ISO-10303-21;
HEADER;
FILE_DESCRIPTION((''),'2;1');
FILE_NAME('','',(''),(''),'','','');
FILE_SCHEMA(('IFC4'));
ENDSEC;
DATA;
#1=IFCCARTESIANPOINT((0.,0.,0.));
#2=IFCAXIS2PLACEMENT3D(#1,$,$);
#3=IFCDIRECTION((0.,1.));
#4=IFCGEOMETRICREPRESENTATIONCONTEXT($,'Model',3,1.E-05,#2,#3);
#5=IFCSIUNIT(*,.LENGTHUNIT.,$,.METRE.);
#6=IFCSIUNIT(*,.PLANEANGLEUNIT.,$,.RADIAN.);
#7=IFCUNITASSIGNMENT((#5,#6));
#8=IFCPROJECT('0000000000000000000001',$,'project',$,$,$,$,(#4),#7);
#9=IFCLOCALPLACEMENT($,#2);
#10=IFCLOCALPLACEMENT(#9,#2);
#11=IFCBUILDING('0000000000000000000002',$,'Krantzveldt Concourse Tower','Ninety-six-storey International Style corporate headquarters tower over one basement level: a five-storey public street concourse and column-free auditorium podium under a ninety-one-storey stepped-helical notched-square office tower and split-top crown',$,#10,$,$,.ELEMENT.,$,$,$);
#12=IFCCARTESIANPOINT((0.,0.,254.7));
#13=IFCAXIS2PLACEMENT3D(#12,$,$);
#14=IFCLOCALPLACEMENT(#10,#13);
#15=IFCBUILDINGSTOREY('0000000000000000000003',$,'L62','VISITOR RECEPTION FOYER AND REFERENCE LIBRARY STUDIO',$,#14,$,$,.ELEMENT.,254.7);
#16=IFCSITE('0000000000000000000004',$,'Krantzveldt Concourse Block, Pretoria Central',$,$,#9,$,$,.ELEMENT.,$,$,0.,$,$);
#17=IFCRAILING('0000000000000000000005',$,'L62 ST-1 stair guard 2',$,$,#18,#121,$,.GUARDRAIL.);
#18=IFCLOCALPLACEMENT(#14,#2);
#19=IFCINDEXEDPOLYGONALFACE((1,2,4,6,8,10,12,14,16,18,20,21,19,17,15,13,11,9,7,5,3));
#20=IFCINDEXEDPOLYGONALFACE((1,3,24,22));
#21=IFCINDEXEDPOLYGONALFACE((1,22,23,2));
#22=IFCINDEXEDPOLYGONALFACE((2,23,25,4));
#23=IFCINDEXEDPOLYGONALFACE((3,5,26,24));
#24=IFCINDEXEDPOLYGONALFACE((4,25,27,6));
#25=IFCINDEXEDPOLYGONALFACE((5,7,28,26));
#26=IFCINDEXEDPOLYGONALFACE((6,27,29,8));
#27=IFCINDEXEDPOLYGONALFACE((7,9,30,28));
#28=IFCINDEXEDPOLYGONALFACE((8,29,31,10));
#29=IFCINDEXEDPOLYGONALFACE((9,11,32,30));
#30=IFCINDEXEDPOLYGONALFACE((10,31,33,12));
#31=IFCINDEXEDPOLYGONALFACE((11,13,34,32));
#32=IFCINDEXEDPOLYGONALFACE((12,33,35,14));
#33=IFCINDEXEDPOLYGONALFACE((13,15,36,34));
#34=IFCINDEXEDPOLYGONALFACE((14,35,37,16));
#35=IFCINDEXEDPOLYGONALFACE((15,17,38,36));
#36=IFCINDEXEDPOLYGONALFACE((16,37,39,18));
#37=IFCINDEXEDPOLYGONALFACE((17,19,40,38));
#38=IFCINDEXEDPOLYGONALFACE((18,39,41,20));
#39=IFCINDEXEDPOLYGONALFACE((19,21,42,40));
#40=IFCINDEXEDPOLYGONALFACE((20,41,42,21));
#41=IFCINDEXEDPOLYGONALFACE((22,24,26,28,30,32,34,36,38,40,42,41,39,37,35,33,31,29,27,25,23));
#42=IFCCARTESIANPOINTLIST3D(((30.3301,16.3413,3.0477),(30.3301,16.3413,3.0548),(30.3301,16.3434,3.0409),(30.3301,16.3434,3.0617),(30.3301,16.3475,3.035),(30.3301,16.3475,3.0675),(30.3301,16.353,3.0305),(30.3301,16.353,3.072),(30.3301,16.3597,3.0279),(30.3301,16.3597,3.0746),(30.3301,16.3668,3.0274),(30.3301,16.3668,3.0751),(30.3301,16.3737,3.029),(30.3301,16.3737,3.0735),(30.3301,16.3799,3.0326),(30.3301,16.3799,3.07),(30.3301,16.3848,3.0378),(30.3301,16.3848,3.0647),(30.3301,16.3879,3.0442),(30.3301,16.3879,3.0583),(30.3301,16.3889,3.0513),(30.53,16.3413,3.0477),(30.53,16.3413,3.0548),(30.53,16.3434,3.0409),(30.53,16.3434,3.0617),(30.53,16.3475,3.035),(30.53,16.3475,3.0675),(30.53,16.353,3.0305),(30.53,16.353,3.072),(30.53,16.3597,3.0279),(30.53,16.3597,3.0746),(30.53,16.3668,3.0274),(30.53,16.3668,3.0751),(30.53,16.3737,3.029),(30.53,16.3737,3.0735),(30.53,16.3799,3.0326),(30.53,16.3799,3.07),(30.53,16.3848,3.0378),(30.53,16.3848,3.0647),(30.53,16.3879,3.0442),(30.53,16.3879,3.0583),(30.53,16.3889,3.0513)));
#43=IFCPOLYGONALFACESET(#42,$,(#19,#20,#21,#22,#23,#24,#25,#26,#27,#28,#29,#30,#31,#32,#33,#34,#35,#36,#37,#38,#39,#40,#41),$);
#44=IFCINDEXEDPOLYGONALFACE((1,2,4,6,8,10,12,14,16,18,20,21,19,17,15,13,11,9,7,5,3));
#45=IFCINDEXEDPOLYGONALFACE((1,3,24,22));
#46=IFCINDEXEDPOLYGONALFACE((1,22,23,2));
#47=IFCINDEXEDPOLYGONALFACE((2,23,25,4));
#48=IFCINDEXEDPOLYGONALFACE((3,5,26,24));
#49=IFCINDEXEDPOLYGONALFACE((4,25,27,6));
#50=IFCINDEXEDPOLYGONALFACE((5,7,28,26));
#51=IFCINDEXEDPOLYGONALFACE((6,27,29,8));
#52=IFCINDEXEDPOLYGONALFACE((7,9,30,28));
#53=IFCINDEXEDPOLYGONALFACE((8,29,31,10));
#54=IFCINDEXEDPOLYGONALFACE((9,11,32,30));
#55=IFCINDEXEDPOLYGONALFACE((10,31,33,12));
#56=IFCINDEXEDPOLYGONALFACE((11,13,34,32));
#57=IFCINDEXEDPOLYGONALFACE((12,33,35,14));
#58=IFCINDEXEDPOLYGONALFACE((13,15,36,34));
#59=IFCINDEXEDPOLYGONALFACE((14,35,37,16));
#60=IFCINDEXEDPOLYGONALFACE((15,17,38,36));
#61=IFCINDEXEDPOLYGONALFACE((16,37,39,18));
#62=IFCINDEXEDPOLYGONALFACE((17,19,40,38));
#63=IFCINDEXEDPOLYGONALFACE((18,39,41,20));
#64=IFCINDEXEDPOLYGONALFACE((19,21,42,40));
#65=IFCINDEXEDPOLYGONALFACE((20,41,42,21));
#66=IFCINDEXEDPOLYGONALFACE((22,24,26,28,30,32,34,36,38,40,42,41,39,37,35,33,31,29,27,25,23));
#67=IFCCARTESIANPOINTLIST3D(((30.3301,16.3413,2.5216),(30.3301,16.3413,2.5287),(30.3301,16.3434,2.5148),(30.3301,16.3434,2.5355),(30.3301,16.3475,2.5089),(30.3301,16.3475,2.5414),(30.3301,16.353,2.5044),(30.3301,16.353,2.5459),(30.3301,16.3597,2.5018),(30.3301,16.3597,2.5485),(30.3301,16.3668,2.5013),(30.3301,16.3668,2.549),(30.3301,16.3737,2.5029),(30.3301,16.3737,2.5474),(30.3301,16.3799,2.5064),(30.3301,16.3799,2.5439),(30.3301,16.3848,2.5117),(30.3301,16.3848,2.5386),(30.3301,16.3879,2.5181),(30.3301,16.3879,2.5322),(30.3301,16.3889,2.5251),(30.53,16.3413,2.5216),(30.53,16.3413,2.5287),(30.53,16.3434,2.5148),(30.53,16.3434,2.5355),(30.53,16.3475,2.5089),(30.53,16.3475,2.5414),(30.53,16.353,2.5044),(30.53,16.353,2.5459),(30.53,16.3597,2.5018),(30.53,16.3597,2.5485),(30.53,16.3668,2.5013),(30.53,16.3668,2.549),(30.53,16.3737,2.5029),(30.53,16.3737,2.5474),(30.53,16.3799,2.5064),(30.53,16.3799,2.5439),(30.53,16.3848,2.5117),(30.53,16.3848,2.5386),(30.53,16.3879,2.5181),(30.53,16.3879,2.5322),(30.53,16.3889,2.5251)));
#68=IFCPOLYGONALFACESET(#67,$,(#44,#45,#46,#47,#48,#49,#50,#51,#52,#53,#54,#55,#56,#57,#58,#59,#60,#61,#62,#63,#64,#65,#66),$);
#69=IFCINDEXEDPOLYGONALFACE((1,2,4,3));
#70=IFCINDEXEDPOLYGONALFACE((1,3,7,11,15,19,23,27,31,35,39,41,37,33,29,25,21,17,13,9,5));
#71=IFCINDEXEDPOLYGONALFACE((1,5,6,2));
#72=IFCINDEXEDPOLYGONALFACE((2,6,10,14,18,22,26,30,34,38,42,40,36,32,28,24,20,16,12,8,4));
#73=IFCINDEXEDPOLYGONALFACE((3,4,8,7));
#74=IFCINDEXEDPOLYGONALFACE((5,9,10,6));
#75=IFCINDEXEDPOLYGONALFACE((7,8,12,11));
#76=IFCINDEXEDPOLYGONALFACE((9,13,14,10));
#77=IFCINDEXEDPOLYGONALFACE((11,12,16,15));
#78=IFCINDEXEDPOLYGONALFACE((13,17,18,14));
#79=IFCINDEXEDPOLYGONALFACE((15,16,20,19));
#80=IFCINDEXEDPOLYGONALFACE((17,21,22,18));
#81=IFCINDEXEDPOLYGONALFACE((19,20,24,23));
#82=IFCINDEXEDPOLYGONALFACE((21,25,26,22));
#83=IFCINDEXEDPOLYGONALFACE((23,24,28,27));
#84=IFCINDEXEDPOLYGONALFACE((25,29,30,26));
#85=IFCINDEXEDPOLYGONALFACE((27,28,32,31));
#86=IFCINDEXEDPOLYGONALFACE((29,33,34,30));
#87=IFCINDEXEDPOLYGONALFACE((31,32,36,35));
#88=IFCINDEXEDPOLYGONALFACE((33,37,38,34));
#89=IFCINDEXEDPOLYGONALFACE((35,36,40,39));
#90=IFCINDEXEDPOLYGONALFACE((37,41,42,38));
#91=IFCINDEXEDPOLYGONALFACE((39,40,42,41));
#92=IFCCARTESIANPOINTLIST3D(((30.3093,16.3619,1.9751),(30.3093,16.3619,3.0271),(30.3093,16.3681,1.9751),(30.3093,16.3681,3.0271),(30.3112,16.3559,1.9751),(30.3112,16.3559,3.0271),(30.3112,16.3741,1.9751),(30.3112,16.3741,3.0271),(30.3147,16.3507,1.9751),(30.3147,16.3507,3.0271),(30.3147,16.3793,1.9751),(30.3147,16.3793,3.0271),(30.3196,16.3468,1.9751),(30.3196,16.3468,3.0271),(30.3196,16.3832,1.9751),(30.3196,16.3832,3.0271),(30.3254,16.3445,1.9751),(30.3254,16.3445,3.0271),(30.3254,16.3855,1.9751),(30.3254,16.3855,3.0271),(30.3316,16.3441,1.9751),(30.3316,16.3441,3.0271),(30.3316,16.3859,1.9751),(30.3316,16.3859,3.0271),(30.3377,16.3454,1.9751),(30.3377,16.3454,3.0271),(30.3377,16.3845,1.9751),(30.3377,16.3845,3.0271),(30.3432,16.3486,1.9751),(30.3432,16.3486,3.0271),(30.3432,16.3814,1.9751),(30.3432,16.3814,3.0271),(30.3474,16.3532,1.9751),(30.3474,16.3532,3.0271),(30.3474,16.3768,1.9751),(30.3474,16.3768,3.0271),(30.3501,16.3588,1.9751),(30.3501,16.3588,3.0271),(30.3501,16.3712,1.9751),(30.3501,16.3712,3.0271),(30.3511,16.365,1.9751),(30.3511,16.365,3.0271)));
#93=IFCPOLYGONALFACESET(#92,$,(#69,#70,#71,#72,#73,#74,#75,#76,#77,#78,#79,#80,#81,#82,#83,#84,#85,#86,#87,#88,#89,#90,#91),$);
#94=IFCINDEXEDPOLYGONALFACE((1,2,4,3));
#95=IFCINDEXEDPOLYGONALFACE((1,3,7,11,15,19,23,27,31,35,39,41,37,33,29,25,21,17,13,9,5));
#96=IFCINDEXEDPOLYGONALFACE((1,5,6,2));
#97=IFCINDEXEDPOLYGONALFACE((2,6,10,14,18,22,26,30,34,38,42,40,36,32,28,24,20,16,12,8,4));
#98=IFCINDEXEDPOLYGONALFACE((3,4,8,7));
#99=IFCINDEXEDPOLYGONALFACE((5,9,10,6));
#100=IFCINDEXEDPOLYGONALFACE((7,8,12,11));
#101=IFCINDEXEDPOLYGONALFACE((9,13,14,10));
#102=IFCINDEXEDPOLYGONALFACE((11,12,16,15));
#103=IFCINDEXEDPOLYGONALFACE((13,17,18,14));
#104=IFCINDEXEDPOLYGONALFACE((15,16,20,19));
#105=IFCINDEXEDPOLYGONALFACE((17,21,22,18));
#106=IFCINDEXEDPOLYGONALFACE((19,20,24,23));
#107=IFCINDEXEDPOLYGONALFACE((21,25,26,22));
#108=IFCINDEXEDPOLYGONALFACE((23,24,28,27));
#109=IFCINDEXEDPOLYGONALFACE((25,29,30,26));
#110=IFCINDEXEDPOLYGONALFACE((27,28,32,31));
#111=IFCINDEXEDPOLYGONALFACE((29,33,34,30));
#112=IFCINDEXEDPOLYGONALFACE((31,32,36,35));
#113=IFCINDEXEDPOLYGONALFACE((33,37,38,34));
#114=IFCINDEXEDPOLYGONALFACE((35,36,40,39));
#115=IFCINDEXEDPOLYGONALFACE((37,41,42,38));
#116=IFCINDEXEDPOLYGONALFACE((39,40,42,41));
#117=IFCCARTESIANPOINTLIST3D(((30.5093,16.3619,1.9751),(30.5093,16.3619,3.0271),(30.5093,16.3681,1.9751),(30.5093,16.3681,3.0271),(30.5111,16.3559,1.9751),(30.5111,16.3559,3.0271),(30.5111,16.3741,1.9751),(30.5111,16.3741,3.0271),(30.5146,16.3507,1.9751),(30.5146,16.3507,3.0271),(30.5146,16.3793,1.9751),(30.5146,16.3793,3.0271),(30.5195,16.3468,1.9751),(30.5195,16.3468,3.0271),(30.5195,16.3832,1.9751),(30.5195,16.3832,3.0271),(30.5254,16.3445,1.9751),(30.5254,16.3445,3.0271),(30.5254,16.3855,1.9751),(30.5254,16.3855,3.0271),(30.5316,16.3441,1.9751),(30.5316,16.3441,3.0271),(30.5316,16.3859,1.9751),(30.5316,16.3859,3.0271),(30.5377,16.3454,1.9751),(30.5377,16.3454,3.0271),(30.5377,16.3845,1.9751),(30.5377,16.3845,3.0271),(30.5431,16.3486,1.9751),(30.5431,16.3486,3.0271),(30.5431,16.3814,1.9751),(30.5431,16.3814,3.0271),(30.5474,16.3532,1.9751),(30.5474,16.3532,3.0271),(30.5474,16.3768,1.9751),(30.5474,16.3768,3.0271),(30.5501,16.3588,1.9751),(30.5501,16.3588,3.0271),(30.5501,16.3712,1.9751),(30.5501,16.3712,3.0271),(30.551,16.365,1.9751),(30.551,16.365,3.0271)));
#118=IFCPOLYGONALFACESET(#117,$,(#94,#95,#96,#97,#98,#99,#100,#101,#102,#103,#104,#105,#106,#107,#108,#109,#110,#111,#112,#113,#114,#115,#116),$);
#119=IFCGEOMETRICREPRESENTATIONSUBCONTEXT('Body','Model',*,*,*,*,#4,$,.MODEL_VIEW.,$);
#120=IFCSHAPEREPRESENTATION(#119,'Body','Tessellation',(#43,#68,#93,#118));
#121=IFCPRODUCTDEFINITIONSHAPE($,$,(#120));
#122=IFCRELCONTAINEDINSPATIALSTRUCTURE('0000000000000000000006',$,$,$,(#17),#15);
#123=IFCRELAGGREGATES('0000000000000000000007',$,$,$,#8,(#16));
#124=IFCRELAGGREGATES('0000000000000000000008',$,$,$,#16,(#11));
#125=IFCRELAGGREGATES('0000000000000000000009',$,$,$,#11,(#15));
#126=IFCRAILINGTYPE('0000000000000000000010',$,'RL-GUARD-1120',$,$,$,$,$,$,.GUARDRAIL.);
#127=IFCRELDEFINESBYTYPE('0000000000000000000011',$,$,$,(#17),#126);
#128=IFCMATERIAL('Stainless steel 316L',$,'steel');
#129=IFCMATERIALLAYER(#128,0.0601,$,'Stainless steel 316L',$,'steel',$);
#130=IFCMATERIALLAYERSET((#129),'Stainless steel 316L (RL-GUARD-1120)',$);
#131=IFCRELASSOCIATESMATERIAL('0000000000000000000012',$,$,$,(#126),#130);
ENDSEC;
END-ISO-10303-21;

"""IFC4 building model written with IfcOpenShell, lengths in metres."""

from ifc_helpers import new_model, si_unit, direction, frame, origin, origin_2d, place, context, subcontext, project, spatial, circle, extrude, material, layer, layer_set, type_object, element, save


model = new_model("IFC4")

# Units and contexts
model_context = context("Model", 3, precision=1e-05, world=origin(), true_north=direction((0.0, 1.0)))
body_context = subcontext(model_context, "Body", "Model", "MODEL_VIEW")
ifc_project = project(units=[si_unit("LENGTHUNIT", "METRE"), si_unit("PLANEANGLEUNIT", "RADIAN")], contexts=[model_context])

# Site, building, storey
site_placement = place(None, origin())
site = spatial("IfcSite", under=ifc_project, at=site_placement, Name="Krantzveldt Concourse Block, Pretoria Central", CompositionType="ELEMENT", RefElevation=0.0)
building_placement = place(site_placement, origin())
building = spatial("IfcBuilding", under=site, at=building_placement, Name="Krantzveldt Concourse Tower", Description="Ninety-six-storey International Style corporate headquarters tower over one basement level: a five-storey public street concourse and column-free auditorium podium under a ninety-one-storey stepped-helical notched-square office tower and split-top crown", CompositionType="ELEMENT")
storey_placement = place(building_placement, frame((0.0, 0.0, 254.7)))
storey = spatial("IfcBuildingStorey", under=building, at=storey_placement, Name="L62", Description="VISITOR RECEPTION FOYER AND REFERENCE LIBRARY STUDIO", CompositionType="ELEMENT", Elevation=254.7)

# Railing
ifc_material_1 = material(Name="Stainless steel 316L", Category="steel")
ifc_layer_1 = layer(ifc_material_1, 0.0601, Name="Stainless steel 316L", Category="steel")
ifc_layer_set_1 = layer_set([ifc_layer_1], Name="Stainless steel 316L (RL-GUARD-1120)")
railing_type_1 = type_object("IfcRailingType", Name="RL-GUARD-1120", PredefinedType="GUARDRAIL", material=ifc_layer_set_1)
railing_1_placement = place(storey_placement, frame((30.3301, 16.365, 1.9751)))
element("IfcRailing", 1, at=railing_1_placement, inside=storey, type_object=railing_type_1, Name="L62 ST-1 stair guard 2", PredefinedType="GUARDRAIL", context=body_context, shape_type="SweptSolid", body=[
    extrude(circle(Radius=0.0239, at=origin_2d()), frame((0.0, 0.0, 1.0762), z_axis=(1.0, 0.0, 0.0), x_axis=(0.0, 1.0, 0.0)), (0.0, 0.0, 1.0), 0.2),
    extrude(circle(Radius=0.0239, at=origin_2d()), frame((0.0, 0.0, 0.55), z_axis=(1.0, 0.0, 0.0), x_axis=(0.0, 1.0, 0.0)), (0.0, 0.0, 1.0), 0.2),
    extrude(circle(Radius=0.021, at=origin_2d()), origin(), (0.0, 0.0, 1.0), 1.052),
    extrude(circle(Radius=0.021, at=origin_2d()), frame((0.2, 0.0, 0.0)), (0.0, 0.0, 1.0), 1.052),
])

save(model, "model.ifc")
